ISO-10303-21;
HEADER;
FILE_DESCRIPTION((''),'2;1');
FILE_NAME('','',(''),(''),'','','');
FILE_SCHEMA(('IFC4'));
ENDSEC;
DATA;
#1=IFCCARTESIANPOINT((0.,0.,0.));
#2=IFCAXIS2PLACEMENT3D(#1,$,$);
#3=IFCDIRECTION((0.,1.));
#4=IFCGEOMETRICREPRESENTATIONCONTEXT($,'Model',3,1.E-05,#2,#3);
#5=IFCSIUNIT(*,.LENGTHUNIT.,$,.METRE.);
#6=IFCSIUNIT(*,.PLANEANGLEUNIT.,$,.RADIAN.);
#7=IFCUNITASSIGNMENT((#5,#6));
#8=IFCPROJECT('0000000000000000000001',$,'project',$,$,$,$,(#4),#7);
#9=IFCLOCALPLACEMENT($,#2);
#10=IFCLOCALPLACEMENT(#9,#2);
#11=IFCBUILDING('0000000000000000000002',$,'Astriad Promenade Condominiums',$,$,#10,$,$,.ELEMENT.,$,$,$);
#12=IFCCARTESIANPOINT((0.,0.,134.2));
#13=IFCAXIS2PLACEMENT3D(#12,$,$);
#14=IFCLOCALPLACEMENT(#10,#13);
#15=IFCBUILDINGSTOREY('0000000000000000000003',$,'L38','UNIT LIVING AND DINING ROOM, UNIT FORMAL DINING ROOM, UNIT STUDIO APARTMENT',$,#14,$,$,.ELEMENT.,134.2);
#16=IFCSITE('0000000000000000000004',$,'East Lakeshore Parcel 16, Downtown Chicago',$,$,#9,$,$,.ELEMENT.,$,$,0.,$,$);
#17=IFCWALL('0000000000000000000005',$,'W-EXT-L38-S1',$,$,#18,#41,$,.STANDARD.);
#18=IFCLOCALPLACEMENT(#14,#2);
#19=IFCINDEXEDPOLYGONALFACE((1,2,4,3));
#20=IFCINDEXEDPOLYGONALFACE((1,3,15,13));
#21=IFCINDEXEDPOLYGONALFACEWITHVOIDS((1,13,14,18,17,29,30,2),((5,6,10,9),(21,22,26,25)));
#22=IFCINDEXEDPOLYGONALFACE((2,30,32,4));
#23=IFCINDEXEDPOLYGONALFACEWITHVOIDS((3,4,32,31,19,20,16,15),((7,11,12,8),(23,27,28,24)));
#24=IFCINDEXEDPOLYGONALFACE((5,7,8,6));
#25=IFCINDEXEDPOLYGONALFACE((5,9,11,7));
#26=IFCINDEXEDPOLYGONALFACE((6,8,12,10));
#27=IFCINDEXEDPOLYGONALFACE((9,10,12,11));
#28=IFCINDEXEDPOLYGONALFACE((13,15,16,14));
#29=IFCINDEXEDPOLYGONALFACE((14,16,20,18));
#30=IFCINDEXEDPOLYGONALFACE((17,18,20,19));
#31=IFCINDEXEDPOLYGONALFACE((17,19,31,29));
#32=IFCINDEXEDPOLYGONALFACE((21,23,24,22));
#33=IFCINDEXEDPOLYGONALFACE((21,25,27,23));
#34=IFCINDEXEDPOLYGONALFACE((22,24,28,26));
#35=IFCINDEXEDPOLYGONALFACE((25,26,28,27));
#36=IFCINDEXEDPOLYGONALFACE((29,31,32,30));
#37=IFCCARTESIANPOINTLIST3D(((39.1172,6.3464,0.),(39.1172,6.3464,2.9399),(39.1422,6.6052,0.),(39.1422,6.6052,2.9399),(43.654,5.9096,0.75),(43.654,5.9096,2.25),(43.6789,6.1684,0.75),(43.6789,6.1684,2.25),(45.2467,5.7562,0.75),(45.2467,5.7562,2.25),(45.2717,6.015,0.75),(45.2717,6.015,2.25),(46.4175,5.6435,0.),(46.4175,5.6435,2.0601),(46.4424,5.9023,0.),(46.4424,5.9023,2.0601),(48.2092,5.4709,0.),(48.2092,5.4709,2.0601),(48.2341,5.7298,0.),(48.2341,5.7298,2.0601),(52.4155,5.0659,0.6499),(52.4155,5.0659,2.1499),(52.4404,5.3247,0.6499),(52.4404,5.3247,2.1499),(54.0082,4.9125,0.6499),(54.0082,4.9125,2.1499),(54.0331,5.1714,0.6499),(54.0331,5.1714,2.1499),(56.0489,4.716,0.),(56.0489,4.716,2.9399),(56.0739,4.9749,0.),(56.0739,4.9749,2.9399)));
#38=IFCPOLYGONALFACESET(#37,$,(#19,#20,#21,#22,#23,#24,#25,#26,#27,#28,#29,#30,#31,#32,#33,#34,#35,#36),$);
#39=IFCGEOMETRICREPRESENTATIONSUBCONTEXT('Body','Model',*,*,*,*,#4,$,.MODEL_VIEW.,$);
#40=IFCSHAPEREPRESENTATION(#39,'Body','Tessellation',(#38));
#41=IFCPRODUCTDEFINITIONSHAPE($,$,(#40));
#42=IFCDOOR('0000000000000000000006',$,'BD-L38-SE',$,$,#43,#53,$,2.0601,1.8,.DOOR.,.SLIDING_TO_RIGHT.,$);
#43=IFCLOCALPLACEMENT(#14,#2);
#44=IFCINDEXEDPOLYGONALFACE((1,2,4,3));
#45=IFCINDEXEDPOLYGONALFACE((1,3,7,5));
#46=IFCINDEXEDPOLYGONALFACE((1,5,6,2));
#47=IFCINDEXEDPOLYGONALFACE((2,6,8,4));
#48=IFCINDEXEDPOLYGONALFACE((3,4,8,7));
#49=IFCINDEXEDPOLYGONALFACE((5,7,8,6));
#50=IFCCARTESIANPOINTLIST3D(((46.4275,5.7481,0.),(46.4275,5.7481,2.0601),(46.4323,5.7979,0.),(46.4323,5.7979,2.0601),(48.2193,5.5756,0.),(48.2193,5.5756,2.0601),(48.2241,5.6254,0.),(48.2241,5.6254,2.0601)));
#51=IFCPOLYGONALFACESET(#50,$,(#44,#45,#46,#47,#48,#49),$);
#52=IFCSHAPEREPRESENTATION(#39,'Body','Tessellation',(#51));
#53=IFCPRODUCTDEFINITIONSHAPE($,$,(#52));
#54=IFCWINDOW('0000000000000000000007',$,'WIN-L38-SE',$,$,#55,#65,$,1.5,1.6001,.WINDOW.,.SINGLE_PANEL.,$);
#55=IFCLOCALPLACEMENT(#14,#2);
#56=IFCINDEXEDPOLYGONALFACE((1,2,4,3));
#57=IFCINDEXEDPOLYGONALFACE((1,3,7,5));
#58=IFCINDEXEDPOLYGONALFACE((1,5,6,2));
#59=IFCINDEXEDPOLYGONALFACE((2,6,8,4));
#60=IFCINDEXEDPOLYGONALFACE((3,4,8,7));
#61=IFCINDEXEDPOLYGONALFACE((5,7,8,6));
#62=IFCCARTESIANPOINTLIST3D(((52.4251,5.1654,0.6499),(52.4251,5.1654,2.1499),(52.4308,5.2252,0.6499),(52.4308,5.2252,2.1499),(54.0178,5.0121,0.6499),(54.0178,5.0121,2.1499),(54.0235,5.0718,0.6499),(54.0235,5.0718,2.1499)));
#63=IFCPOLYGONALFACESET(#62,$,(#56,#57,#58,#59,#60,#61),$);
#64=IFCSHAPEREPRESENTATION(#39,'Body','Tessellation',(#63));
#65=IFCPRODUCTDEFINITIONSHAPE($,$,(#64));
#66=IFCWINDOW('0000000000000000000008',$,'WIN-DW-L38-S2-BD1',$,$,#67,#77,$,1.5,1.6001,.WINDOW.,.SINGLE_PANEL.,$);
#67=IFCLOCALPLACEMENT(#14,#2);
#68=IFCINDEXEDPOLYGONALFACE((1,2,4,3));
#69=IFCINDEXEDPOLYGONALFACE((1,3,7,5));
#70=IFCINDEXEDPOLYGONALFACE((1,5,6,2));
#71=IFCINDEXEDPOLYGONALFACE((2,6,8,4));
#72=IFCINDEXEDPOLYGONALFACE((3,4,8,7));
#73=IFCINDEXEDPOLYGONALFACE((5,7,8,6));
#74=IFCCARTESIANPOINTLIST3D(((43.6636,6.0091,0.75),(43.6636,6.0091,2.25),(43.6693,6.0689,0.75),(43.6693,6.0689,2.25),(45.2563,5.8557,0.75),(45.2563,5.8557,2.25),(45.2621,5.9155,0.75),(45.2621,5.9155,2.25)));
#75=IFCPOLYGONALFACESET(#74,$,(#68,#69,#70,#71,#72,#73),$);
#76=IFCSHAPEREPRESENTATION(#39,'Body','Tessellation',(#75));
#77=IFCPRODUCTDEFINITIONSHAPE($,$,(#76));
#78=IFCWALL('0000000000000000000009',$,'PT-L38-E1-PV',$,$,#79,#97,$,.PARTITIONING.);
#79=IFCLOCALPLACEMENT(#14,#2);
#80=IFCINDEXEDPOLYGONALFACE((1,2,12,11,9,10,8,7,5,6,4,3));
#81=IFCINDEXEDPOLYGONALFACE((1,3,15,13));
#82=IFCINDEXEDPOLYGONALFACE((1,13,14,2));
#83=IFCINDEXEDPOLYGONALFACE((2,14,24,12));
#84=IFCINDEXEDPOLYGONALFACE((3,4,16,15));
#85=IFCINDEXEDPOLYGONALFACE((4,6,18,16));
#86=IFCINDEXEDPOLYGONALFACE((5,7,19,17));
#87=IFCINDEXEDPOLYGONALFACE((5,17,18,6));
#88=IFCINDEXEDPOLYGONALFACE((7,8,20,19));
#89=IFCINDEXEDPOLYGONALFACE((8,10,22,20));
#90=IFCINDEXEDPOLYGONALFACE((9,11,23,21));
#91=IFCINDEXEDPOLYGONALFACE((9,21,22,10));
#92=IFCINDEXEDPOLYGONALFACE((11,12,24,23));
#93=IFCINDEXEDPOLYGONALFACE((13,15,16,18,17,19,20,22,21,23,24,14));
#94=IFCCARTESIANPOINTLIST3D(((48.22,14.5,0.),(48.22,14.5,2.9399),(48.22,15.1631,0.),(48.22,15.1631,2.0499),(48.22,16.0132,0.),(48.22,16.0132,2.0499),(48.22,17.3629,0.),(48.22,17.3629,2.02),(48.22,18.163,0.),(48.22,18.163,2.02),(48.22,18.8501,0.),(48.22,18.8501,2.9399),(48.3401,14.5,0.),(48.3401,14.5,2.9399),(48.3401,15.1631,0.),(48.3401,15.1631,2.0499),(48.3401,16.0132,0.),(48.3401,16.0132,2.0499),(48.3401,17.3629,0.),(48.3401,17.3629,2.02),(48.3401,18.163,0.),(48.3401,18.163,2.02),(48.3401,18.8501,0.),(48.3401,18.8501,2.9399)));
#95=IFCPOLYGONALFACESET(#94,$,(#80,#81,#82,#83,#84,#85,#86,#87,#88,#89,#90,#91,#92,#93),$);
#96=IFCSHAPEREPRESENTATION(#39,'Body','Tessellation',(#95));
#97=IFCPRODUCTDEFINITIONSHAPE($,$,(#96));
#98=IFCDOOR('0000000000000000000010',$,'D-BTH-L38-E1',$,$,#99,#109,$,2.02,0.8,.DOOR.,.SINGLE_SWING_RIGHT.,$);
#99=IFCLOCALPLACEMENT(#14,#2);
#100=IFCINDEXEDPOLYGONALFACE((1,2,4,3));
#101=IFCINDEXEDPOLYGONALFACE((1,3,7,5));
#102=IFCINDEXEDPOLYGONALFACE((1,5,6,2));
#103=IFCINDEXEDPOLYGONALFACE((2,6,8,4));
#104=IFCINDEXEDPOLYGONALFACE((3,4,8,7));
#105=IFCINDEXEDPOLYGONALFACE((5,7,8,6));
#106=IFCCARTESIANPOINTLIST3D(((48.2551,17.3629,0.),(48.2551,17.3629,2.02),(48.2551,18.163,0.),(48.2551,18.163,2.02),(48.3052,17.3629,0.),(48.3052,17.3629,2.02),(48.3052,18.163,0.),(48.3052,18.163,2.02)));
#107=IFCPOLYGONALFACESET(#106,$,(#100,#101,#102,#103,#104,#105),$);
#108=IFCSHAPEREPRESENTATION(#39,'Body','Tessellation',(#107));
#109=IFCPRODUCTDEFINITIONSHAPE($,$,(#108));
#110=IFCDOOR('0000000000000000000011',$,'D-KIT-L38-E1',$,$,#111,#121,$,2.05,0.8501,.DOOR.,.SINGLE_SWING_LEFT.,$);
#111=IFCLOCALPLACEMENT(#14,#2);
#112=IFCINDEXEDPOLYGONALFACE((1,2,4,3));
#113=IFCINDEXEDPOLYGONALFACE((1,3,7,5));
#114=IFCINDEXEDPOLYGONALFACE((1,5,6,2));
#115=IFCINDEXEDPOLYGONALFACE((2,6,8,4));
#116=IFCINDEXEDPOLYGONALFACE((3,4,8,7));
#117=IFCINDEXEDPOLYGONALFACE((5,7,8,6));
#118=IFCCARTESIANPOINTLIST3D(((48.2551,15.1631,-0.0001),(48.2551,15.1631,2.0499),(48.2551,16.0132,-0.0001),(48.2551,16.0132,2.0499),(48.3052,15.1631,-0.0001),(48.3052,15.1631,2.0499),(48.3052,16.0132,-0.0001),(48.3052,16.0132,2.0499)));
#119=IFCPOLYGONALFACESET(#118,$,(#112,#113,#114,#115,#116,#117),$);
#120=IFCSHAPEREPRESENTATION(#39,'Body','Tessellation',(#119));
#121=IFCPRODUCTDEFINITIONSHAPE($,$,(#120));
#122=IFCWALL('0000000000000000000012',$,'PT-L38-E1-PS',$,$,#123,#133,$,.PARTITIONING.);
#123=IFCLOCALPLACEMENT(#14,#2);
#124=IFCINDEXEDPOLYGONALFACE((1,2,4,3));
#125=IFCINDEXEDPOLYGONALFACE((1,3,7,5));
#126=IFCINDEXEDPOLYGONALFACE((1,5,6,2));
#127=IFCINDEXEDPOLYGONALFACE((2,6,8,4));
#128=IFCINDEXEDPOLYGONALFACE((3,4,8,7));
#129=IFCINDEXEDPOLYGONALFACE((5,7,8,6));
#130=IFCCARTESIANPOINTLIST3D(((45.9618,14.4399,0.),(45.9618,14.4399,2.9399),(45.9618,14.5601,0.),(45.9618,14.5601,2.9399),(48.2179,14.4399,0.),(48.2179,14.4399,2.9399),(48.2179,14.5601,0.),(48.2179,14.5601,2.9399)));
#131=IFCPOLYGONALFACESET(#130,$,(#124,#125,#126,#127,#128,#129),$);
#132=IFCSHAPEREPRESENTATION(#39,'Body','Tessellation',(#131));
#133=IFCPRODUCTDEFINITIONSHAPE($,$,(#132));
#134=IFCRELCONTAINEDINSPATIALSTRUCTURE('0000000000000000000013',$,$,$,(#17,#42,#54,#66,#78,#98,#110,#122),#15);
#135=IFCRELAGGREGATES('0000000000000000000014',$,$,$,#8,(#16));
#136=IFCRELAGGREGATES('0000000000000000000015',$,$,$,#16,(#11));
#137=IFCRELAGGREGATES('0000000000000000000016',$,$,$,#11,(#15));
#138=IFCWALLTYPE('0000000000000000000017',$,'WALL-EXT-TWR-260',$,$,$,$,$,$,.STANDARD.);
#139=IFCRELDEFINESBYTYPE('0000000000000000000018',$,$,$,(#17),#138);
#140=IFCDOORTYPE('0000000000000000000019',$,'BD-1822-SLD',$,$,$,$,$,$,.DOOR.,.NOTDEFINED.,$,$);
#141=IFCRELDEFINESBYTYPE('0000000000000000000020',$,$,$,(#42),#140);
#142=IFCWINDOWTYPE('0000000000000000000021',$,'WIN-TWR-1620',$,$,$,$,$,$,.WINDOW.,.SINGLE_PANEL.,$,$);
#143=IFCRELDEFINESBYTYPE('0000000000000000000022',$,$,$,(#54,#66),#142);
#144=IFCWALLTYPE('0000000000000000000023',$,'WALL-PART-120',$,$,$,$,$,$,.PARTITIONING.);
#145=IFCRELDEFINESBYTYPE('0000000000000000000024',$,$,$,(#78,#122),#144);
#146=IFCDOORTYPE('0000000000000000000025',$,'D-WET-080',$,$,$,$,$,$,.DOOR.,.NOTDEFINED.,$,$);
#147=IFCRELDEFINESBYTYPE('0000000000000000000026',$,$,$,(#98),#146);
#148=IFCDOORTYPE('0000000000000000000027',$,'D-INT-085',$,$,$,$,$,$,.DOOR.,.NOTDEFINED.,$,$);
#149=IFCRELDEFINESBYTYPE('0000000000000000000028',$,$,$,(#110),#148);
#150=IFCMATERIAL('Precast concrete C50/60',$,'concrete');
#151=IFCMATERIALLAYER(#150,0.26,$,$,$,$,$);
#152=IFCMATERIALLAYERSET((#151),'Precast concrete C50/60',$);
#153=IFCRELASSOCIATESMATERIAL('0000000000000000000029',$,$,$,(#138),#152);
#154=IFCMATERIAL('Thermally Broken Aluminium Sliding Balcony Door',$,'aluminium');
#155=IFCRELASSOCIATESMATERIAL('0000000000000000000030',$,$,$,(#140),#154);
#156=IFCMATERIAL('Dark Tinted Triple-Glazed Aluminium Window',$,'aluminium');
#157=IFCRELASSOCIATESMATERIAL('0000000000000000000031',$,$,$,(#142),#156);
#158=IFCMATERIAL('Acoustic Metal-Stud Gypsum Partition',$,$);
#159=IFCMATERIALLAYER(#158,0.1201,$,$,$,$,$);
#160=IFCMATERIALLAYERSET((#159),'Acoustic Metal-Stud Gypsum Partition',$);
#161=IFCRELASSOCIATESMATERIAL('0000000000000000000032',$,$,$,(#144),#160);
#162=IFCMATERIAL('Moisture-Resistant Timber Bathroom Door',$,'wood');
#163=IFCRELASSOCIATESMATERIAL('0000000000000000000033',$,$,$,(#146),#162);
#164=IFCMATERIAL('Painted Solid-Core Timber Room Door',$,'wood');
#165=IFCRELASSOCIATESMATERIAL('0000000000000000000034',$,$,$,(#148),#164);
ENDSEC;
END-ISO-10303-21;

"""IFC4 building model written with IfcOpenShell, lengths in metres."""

from ifc_helpers import new_model, si_unit, direction, frame, frame_2d, origin, place, context, subcontext, project, spatial, rectangle, extrude, source, transform, mapped, material, layer, layer_set, type_object, type_shapes, element, fill, save


model = new_model("IFC4")

# Units and contexts
model_context = context("Model", 3, precision=1e-05, world=origin(), true_north=direction((0.0, 1.0)))
body_context = subcontext(model_context, "Body", "Model", "MODEL_VIEW")
ifc_project = project(units=[si_unit("LENGTHUNIT", "METRE"), si_unit("PLANEANGLEUNIT", "RADIAN")], contexts=[model_context])

# Site, building, storey
site_placement = place(None, origin())
site = spatial("IfcSite", under=ifc_project, at=site_placement, Name="East Lakeshore Parcel 16, Downtown Chicago", CompositionType="ELEMENT", RefElevation=0.0)
building_placement = place(site_placement, origin())
building = spatial("IfcBuilding", under=site, at=building_placement, Name="Astriad Promenade Condominiums", CompositionType="ELEMENT")
storey_placement = place(building_placement, frame((0.0, 0.0, 134.2)))
storey = spatial("IfcBuildingStorey", under=building, at=storey_placement, Name="L38", Description="UNIT LIVING AND DINING ROOM, UNIT FORMAL DINING ROOM, UNIT STUDIO APARTMENT", CompositionType="ELEMENT", Elevation=134.2)

# Wall, openings, door, windows
ifc_material_1 = material(Name="Precast concrete C50/60", Category="concrete")
ifc_layer_1 = layer(ifc_material_1, 0.26)
ifc_layer_set_1 = layer_set([ifc_layer_1], Name="Precast concrete C50/60")
wall_type_1 = type_object("IfcWallType", Name="WALL-EXT-TWR-260", PredefinedType="STANDARD", material=ifc_layer_set_1)
wall_1_placement = place(storey_placement, frame((56.0613, 4.8455, 0.0), z_axis=(0.0, 0.0, 1.0), x_axis=(-0.995396, 0.095848, 0.0)))
wall_1 = element("IfcWall", 1, at=wall_1_placement, inside=storey, type_object=wall_type_1, Name="W-EXT-L38-S1", PredefinedType="STANDARD", context=body_context, shape_type="SweptSolid", body=[
    extrude(rectangle(XDim=17.01, YDim=0.26, at=frame_2d((8.5049, 0.0))), origin(), (0.0, 0.0, 1.0), 2.9399),
])
opening_1_placement = place(wall_1_placement, frame((7.876, 0.0, 0.0)))
opening_1 = element("IfcOpeningElement", 2, at=opening_1_placement, cuts=wall_1, PredefinedType="OPENING", context=body_context, shape_type="SweptSolid", body=[
    extrude(rectangle(XDim=1.8, YDim=2.0601, at=frame_2d((0.8999, 1.03))), frame((0.0, 0.1399, 0.0), z_axis=(0.0, -1.0, 0.0), x_axis=(1.0, 0.0, 0.0)), (0.0, 0.0, 1.0), 0.28),
])
opening_2_placement = place(wall_1_placement, frame((2.05, 0.0, 0.6499)))
opening_2 = element("IfcOpeningElement", 3, at=opening_2_placement, cuts=wall_1, PredefinedType="OPENING", context=body_context, shape_type="SweptSolid", body=[
    extrude(rectangle(XDim=1.6001, YDim=1.5, at=frame_2d((0.8, 0.75))), frame((0.0, 0.1399, 0.0), z_axis=(0.0, -1.0, 0.0), x_axis=(1.0, 0.0, 0.0)), (0.0, 0.0, 1.0), 0.28),
])
opening_3_placement = place(wall_1_placement, frame((10.8521, 0.0, 0.75)))
opening_3 = element("IfcOpeningElement", 4, at=opening_3_placement, cuts=wall_1, PredefinedType="OPENING", context=body_context, shape_type="SweptSolid", body=[
    extrude(rectangle(XDim=1.6001, YDim=1.5, at=frame_2d((0.8, 0.75))), frame((0.0, 0.1399, 0.0), z_axis=(0.0, -1.0, 0.0), x_axis=(1.0, 0.0, 0.0)), (0.0, 0.0, 1.0), 0.28),
])
ifc_material_2 = material(Name="Thermally Broken Aluminium Sliding Balcony Door", Category="aluminium")
door_type_1 = type_object("IfcDoorType", Name="BD-1822-SLD", OperationType="NOTDEFINED", PredefinedType="DOOR", material=ifc_material_2)
shared_shape_1 = source(origin(), body_context, "Body", "SweptSolid", [
    extrude(rectangle(XDim=1.8, YDim=2.0601, at=frame_2d((0.8999, 1.03))), frame((0.0, 0.0249, 0.0), z_axis=(0.0, -1.0, 0.0), x_axis=(1.0, 0.0, 0.0)), (0.0, 0.0, 1.0), 0.05),
])
type_shapes(door_type_1, [shared_shape_1])
door_1_placement = place(opening_1_placement, origin())
door_1 = element("IfcDoor", 5, at=door_1_placement, inside=storey, type_object=door_type_1, Name="BD-L38-SE", OperationType="SLIDING_TO_RIGHT", OverallHeight=2.0601, OverallWidth=1.8, PredefinedType="DOOR", context=body_context, shape_type="MappedRepresentation", body=[
    mapped(shared_shape_1, transform((0.0, 0.0, 0.0), scale=1.0)),
])
fill(opening_1, door_1)
ifc_material_3 = material(Name="Dark Tinted Triple-Glazed Aluminium Window", Category="aluminium")
window_type = type_object("IfcWindowType", Name="WIN-TWR-1620", PartitioningType="SINGLE_PANEL", PredefinedType="WINDOW", material=ifc_material_3)
shared_shape_2 = source(origin(), body_context, "Body", "SweptSolid", [
    extrude(rectangle(XDim=1.6001, YDim=1.5, at=frame_2d((0.8, 0.75))), frame((0.0, 0.03, 0.0), z_axis=(0.0, -1.0, 0.0), x_axis=(1.0, 0.0, 0.0)), (0.0, 0.0, 1.0), 0.0601),
])
type_shapes(window_type, [shared_shape_2])
window_1_placement = place(opening_2_placement, origin())
window_1 = element("IfcWindow", 6, at=window_1_placement, inside=storey, type_object=window_type, Name="WIN-L38-SE", OverallHeight=1.5, OverallWidth=1.6001, PartitioningType="SINGLE_PANEL", PredefinedType="WINDOW", context=body_context, shape_type="MappedRepresentation", body=[
    mapped(shared_shape_2, transform((0.0, 0.0, 0.0), scale=1.0)),
])
fill(opening_2, window_1)
window_2_placement = place(opening_3_placement, origin())
window_2 = element("IfcWindow", 7, at=window_2_placement, inside=storey, type_object=window_type, Name="WIN-DW-L38-S2-BD1", OverallHeight=1.5, OverallWidth=1.6001, PartitioningType="SINGLE_PANEL", PredefinedType="WINDOW", context=body_context, shape_type="MappedRepresentation", body=[
    mapped(shared_shape_2, transform((0.0, 0.0, 0.0), scale=1.0)),
])
fill(opening_3, window_2)

# Wall, openings, doors
ifc_material_4 = material(Name="Acoustic Metal-Stud Gypsum Partition")
ifc_layer_2 = layer(ifc_material_4, 0.1201)
ifc_layer_set_2 = layer_set([ifc_layer_2], Name="Acoustic Metal-Stud Gypsum Partition")
wall_type_2 = type_object("IfcWallType", Name="WALL-PART-120", PredefinedType="PARTITIONING", material=ifc_layer_set_2)
wall_2_placement = place(storey_placement, frame((48.28, 14.5, 0.0), z_axis=(0.0, 0.0, 1.0), x_axis=(0.0, 1.0, 0.0)))
wall_2 = element("IfcWall", 8, at=wall_2_placement, inside=storey, type_object=wall_type_2, Name="PT-L38-E1-PV", PredefinedType="PARTITIONING", context=body_context, shape_type="SweptSolid", body=[
    extrude(rectangle(XDim=4.3501, YDim=0.1201, at=frame_2d((2.175, 0.0))), origin(), (0.0, 0.0, 1.0), 2.9399),
])
opening_4_placement = place(wall_2_placement, frame((0.6631, 0.0, 0.0)))
opening_4 = element("IfcOpeningElement", 9, at=opening_4_placement, cuts=wall_2, PredefinedType="OPENING", context=body_context, shape_type="SweptSolid", body=[
    extrude(rectangle(XDim=0.8501, YDim=2.05, at=frame_2d((0.425, 1.0249))), frame((0.0, 0.0701, 0.0), z_axis=(0.0, -1.0, 0.0), x_axis=(1.0, 0.0, 0.0)), (0.0, 0.0, 1.0), 0.1401),
])
opening_5_placement = place(wall_2_placement, frame((2.863, 0.0, 0.0)))
opening_5 = element("IfcOpeningElement", 10, at=opening_5_placement, cuts=wall_2, PredefinedType="OPENING", context=body_context, shape_type="SweptSolid", body=[
    extrude(rectangle(XDim=0.8, YDim=2.02, at=frame_2d((0.3999, 1.01))), frame((0.0, 0.0701, 0.0), z_axis=(0.0, -1.0, 0.0), x_axis=(1.0, 0.0, 0.0)), (0.0, 0.0, 1.0), 0.1401),
])
ifc_material_5 = material(Name="Moisture-Resistant Timber Bathroom Door", Category="wood")
door_type_2 = type_object("IfcDoorType", Name="D-WET-080", OperationType="NOTDEFINED", PredefinedType="DOOR", material=ifc_material_5)
shared_shape_3 = source(origin(), body_context, "Body", "SweptSolid", [
    extrude(rectangle(XDim=0.8, YDim=2.02, at=frame_2d((0.3999, 1.01))), frame((0.0, 0.0249, 0.0), z_axis=(0.0, -1.0, 0.0), x_axis=(1.0, 0.0, 0.0)), (0.0, 0.0, 1.0), 0.05),
])
type_shapes(door_type_2, [shared_shape_3])
door_2_placement = place(opening_5_placement, origin())
door_2 = element("IfcDoor", 11, at=door_2_placement, inside=storey, type_object=door_type_2, Name="D-BTH-L38-E1", OperationType="SINGLE_SWING_RIGHT", OverallHeight=2.02, OverallWidth=0.8, PredefinedType="DOOR", context=body_context, shape_type="MappedRepresentation", body=[
    mapped(shared_shape_3, transform((0.0, 0.0, 0.0), scale=1.0)),
])
fill(opening_5, door_2)
ifc_material_6 = material(Name="Painted Solid-Core Timber Room Door", Category="wood")
door_type_3 = type_object("IfcDoorType", Name="D-INT-085", OperationType="NOTDEFINED", PredefinedType="DOOR", material=ifc_material_6)
shared_shape_4 = source(origin(), body_context, "Body", "SweptSolid", [
    extrude(rectangle(XDim=0.8501, YDim=2.05, at=frame_2d((0.425, 1.0249))), frame((0.0, 0.0249, 0.0), z_axis=(0.0, -1.0, 0.0), x_axis=(1.0, 0.0, 0.0)), (0.0, 0.0, 1.0), 0.05),
])
type_shapes(door_type_3, [shared_shape_4])
door_3_placement = place(opening_4_placement, origin())
door_3 = element("IfcDoor", 12, at=door_3_placement, inside=storey, type_object=door_type_3, Name="D-KIT-L38-E1", OperationType="SINGLE_SWING_LEFT", OverallHeight=2.05, OverallWidth=0.8501, PredefinedType="DOOR", context=body_context, shape_type="MappedRepresentation", body=[
    mapped(shared_shape_4, transform((0.0, 0.0, 0.0), scale=1.0)),
])
fill(opening_4, door_3)

# Wall
wall_3_placement = place(storey_placement, frame((45.9619, 14.5, 0.0), z_axis=(0.0, 0.0, 1.0), x_axis=(1.0, 0.0, 0.0)))
element("IfcWall", 13, at=wall_3_placement, inside=storey, type_object=wall_type_2, Name="PT-L38-E1-PS", PredefinedType="PARTITIONING", context=body_context, shape_type="SweptSolid", body=[
    extrude(rectangle(XDim=2.2561, YDim=0.1201, at=frame_2d((1.1279, 0.0))), origin(), (0.0, 0.0, 1.0), 2.9399),
])

save(model, "model.ifc")
